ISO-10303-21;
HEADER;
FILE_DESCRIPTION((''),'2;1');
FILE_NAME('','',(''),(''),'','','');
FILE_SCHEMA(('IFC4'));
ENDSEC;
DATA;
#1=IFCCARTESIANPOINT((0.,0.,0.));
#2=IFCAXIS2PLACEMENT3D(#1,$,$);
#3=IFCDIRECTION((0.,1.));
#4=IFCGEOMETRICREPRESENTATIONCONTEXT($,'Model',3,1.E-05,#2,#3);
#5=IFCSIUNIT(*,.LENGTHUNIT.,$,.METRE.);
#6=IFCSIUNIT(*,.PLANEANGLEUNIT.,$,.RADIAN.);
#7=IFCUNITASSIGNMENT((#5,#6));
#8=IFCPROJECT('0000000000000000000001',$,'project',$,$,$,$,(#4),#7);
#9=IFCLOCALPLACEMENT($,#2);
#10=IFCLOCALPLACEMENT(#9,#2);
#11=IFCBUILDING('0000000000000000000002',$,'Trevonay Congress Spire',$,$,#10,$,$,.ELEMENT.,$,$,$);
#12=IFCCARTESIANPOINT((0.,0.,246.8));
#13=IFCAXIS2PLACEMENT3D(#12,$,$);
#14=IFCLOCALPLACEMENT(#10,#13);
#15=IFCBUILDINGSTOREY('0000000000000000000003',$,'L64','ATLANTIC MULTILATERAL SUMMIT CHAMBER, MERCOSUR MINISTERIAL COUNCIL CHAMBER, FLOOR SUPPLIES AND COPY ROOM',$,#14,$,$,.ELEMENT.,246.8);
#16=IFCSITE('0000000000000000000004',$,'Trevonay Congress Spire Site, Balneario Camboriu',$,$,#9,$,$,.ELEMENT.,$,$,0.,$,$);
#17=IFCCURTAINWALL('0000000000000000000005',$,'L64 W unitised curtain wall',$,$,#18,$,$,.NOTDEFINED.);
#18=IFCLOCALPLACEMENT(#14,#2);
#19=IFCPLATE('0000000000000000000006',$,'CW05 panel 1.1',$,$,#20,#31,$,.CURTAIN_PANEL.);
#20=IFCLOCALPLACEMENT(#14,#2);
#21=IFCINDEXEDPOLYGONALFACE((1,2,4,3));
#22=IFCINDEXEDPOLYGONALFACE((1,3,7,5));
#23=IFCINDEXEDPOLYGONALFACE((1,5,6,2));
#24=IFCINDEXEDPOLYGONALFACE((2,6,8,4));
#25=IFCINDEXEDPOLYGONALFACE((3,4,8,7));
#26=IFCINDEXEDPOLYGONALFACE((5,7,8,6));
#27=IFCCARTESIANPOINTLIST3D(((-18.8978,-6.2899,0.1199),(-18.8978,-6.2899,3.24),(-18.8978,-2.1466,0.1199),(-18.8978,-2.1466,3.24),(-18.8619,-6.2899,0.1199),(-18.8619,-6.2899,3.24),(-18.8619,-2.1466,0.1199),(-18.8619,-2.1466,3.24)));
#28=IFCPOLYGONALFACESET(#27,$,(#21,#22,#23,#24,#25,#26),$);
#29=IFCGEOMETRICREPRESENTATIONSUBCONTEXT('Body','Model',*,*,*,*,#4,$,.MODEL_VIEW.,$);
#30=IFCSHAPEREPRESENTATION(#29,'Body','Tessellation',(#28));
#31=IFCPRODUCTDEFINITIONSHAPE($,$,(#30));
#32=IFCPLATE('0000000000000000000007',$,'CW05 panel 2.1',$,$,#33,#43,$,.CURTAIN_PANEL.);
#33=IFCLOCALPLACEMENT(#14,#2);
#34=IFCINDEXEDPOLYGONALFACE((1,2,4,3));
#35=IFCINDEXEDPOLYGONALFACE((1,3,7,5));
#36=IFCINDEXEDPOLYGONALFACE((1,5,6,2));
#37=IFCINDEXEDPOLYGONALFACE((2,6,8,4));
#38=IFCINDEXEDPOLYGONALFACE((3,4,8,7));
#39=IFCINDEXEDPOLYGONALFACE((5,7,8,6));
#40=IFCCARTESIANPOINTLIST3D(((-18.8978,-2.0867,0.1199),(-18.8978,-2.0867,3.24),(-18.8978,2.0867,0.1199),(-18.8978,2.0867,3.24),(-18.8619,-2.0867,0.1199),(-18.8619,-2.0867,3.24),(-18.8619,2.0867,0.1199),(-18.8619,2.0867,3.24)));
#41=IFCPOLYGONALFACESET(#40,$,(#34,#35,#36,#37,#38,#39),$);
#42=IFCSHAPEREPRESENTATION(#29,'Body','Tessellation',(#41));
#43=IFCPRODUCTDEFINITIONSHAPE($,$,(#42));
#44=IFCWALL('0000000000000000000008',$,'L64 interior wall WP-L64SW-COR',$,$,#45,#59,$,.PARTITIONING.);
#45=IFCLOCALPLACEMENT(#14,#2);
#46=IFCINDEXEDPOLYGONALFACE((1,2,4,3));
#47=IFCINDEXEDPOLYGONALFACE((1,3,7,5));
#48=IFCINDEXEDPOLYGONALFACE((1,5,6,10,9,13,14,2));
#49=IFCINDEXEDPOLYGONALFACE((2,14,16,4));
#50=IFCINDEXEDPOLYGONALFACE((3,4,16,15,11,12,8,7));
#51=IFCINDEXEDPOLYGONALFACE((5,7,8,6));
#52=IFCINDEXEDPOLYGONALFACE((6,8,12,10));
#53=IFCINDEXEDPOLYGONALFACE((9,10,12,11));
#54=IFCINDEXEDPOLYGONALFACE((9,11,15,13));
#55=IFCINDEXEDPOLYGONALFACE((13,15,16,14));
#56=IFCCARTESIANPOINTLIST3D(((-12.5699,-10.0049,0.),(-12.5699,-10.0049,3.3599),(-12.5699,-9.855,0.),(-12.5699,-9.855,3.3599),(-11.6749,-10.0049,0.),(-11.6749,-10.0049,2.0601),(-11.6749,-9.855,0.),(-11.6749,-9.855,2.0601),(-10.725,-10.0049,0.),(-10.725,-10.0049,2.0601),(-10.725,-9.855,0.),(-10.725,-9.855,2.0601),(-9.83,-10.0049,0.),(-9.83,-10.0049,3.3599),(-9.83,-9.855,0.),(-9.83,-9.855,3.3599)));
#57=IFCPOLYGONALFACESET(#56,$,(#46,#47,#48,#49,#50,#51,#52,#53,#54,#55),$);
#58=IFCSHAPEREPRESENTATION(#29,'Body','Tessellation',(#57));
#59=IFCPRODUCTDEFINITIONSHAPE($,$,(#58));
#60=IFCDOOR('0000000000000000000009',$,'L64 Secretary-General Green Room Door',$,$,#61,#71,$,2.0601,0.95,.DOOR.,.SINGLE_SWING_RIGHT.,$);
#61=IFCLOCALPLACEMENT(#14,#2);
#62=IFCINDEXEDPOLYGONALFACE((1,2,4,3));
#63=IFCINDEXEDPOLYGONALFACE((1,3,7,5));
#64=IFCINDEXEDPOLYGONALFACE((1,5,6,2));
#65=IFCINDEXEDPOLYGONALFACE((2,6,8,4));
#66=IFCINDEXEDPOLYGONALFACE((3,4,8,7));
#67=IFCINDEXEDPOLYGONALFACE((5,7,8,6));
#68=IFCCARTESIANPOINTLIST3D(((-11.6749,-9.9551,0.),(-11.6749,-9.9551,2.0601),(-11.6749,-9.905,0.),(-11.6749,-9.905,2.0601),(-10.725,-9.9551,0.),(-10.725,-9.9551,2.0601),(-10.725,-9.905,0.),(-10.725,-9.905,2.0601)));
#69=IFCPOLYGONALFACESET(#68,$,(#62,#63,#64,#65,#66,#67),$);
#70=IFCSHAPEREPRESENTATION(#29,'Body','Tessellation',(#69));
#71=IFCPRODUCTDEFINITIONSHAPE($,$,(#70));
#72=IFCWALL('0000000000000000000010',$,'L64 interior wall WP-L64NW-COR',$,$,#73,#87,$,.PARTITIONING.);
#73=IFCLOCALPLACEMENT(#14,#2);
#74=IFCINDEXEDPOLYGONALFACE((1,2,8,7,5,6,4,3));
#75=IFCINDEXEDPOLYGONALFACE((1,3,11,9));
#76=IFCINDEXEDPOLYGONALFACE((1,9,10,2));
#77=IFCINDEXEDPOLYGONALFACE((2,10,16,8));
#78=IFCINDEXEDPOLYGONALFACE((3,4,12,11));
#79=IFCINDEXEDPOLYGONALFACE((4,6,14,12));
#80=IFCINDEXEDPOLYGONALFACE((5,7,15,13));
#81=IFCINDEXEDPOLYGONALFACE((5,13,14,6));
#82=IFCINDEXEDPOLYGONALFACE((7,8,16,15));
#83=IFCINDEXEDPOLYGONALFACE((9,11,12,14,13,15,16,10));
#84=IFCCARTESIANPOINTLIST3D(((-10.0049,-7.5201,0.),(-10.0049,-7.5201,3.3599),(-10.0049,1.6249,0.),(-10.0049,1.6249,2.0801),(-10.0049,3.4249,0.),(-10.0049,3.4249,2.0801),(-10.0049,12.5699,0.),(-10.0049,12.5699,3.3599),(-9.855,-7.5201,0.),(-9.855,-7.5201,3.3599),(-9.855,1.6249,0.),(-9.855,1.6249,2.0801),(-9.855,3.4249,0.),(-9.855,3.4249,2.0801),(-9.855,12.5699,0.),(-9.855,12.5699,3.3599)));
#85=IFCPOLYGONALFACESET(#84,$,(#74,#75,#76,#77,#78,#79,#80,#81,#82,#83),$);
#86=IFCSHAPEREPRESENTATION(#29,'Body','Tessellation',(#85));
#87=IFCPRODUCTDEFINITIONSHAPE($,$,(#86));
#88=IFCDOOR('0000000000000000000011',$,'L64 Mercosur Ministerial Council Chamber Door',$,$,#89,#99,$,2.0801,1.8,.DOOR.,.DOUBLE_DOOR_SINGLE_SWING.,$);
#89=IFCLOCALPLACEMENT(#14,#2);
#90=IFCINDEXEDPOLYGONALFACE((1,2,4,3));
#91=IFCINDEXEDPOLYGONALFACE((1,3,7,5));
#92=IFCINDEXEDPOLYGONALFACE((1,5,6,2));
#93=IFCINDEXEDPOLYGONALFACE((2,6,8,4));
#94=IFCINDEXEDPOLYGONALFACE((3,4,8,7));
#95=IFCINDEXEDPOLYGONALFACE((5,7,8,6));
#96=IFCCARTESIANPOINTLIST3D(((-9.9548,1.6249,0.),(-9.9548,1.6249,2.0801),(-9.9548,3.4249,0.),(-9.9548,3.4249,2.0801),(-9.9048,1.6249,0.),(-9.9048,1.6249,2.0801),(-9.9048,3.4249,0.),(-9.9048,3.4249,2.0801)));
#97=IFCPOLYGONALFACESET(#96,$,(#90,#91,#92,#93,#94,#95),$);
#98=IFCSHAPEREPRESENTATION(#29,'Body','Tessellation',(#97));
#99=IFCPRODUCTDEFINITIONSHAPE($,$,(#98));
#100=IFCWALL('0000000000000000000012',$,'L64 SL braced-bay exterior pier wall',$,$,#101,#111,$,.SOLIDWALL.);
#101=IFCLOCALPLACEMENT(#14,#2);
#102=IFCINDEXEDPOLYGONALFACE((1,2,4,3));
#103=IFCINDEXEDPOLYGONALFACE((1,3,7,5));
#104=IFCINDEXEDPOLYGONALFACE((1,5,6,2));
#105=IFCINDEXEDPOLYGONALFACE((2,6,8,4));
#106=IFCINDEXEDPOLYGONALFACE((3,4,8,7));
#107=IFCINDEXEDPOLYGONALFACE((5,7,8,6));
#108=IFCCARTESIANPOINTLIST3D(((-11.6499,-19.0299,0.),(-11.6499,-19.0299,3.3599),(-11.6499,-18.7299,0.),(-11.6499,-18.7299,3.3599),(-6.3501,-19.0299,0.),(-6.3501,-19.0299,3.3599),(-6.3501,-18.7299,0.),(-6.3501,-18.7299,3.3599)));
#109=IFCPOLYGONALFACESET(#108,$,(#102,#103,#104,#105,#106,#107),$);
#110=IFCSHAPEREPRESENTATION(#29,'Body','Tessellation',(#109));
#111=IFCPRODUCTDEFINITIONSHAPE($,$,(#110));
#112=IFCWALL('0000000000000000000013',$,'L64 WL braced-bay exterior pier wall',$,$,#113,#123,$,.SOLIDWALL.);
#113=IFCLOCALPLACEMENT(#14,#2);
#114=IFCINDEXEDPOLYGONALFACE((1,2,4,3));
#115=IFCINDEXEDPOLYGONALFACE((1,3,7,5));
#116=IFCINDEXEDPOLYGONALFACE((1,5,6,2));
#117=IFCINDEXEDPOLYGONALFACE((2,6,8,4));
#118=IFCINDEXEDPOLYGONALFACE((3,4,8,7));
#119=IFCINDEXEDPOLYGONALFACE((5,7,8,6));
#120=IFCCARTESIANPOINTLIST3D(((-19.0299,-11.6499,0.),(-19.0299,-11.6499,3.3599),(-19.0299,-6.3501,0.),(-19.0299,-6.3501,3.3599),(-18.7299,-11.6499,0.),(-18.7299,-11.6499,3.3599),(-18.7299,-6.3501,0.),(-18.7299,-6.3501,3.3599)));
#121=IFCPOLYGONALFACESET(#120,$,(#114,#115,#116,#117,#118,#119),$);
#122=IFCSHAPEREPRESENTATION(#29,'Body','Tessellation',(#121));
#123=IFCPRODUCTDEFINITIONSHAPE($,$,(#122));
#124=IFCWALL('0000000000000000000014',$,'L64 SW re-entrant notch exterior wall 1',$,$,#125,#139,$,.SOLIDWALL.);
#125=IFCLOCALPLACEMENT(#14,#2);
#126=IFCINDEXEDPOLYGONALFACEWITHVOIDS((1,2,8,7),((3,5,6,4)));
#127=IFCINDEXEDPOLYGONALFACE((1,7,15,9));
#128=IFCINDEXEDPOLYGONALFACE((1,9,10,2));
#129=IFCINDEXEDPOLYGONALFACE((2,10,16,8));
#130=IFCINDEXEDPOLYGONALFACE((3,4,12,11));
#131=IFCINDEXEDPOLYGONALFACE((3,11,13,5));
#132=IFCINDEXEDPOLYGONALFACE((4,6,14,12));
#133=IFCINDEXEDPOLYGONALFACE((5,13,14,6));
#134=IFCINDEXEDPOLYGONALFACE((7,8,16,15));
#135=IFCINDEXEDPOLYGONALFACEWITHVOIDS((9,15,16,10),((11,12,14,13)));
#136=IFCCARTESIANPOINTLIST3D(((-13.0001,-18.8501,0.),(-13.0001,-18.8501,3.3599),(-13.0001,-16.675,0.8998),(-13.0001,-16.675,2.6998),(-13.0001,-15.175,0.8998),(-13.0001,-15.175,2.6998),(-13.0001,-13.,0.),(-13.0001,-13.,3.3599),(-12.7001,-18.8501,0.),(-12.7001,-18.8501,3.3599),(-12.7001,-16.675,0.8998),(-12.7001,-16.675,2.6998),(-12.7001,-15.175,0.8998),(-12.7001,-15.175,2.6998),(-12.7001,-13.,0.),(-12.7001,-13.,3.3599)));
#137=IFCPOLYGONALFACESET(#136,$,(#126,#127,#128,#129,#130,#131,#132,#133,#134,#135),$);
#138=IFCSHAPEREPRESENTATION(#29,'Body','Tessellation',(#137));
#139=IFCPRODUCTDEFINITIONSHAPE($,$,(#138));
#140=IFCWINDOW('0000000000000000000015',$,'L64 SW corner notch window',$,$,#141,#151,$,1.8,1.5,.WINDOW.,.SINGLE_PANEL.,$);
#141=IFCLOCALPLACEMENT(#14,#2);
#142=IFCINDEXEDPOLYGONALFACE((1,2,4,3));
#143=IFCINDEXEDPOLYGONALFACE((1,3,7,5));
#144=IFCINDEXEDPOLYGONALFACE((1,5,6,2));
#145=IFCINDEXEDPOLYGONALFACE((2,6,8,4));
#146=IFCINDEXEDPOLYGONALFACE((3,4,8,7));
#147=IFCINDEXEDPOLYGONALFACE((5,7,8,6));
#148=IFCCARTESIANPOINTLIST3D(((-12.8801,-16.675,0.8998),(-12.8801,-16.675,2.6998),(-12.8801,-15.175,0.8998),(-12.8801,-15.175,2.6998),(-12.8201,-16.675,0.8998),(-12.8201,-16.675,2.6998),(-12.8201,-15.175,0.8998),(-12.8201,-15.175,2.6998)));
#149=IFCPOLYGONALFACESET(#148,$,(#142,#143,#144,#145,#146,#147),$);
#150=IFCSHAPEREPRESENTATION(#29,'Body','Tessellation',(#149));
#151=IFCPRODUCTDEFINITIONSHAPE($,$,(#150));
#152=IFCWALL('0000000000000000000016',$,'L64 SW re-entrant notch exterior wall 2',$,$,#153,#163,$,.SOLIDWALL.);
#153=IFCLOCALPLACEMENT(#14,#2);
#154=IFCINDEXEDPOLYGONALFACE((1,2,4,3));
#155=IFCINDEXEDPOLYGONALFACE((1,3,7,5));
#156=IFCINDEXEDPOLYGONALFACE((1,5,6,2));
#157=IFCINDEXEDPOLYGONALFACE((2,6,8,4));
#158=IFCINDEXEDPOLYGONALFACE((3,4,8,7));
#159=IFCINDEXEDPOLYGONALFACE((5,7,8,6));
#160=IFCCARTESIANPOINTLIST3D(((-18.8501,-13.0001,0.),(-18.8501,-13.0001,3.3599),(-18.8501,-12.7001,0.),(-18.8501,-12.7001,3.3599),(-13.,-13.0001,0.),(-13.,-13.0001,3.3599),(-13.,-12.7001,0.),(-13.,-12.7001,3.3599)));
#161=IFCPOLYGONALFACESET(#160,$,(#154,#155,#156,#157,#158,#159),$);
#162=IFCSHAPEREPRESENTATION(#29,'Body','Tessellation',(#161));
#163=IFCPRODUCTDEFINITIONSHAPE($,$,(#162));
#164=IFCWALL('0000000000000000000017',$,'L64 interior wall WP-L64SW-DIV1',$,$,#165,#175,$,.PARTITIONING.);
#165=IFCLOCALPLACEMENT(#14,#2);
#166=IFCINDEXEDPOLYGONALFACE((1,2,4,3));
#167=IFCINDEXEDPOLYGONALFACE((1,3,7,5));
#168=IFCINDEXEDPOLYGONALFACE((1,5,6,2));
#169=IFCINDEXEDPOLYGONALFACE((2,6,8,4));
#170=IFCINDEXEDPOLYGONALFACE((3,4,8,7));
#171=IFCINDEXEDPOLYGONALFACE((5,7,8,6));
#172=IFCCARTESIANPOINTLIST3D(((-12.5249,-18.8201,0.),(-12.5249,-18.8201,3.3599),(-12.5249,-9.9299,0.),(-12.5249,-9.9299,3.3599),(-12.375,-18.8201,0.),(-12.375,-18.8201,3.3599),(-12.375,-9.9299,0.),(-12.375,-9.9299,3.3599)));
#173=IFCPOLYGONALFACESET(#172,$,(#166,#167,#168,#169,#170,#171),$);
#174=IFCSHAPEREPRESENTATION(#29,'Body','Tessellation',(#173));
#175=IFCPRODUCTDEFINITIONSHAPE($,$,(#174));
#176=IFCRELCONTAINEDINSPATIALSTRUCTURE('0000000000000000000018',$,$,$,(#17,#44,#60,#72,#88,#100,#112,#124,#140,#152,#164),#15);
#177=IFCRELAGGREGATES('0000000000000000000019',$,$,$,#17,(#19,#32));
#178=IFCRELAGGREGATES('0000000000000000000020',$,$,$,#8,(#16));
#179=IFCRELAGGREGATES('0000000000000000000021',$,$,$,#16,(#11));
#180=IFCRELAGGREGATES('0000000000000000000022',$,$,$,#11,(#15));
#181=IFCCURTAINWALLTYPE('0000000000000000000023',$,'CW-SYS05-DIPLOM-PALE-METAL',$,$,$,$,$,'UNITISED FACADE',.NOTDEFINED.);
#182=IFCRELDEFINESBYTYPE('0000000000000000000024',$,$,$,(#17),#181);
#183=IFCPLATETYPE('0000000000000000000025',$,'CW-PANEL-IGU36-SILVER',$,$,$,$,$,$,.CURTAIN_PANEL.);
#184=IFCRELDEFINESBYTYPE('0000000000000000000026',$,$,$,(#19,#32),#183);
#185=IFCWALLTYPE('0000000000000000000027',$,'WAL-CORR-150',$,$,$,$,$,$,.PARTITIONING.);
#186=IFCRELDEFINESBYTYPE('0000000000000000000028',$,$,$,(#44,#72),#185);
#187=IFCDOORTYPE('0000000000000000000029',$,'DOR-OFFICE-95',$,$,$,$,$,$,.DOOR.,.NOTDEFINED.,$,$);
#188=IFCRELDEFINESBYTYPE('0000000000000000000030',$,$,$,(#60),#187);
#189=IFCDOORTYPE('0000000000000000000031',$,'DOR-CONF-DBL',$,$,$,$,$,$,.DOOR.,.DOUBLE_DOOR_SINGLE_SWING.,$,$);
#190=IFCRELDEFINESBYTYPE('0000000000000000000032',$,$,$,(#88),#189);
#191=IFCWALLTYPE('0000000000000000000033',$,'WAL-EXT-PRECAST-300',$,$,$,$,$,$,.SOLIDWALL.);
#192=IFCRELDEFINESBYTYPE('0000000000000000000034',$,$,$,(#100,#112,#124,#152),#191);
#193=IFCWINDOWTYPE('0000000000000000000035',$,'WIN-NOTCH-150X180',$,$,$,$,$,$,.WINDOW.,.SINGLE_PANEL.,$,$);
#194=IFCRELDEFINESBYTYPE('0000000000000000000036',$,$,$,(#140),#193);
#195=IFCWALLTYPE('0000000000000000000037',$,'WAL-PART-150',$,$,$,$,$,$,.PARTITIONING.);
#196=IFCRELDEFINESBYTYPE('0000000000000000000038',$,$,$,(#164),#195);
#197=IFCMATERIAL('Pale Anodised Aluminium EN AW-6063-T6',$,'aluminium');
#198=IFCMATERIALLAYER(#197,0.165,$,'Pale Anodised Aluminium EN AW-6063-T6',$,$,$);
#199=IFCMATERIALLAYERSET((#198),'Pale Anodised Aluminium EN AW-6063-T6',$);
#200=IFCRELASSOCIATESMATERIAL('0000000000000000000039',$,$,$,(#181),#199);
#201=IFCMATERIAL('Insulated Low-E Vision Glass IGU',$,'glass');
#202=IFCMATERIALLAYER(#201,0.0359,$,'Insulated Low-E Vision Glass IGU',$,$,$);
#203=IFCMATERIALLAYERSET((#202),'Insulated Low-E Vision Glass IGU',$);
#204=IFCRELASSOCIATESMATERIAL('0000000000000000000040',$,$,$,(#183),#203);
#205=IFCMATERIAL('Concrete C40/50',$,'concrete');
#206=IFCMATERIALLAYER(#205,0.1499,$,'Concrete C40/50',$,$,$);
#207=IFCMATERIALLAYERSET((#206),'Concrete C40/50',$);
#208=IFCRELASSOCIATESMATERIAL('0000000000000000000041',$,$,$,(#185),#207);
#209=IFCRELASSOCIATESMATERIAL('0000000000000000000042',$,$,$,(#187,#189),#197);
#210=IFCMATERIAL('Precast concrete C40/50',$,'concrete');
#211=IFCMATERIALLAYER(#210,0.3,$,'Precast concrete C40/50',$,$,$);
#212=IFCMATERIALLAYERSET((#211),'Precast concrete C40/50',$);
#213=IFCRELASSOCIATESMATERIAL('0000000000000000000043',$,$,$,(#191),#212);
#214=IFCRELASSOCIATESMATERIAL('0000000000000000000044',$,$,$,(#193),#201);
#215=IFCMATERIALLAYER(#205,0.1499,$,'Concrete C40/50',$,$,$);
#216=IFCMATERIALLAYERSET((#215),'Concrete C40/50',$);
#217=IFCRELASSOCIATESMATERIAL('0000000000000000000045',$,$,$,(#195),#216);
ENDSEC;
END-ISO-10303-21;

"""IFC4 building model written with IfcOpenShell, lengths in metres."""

from ifc_helpers import new_model, si_unit, direction, frame, frame_2d, origin, origin_2d, place, context, subcontext, project, spatial, rectangle, extrude, material, layer, layer_set, type_object, element, fill, aggregate, save


model = new_model("IFC4")

# Units and contexts
model_context = context("Model", 3, precision=1e-05, world=origin(), true_north=direction((0.0, 1.0)))
body_context = subcontext(model_context, "Body", "Model", "MODEL_VIEW")
ifc_project = project(units=[si_unit("LENGTHUNIT", "METRE"), si_unit("PLANEANGLEUNIT", "RADIAN")], contexts=[model_context])

# Site, building, storey
site_placement = place(None, origin())
site = spatial("IfcSite", under=ifc_project, at=site_placement, Name="Trevonay Congress Spire Site, Balneario Camboriu", CompositionType="ELEMENT", RefElevation=0.0)
building_placement = place(site_placement, origin())
building = spatial("IfcBuilding", under=site, at=building_placement, Name="Trevonay Congress Spire", CompositionType="ELEMENT")
storey_placement = place(building_placement, frame((0.0, 0.0, 246.8)))
storey = spatial("IfcBuildingStorey", under=building, at=storey_placement, Name="L64", Description="ATLANTIC MULTILATERAL SUMMIT CHAMBER, MERCOSUR MINISTERIAL COUNCIL CHAMBER, FLOOR SUPPLIES AND COPY ROOM", CompositionType="ELEMENT", Elevation=246.8)

# Curtain wall
ifc_material_1 = material(Name="Pale Anodised Aluminium EN AW-6063-T6", Category="aluminium")
ifc_layer_1 = layer(ifc_material_1, 0.165, Name="Pale Anodised Aluminium EN AW-6063-T6")
ifc_layer_set_1 = layer_set([ifc_layer_1], Name="Pale Anodised Aluminium EN AW-6063-T6")
curtain_wall_type = type_object("IfcCurtainWallType", Name="CW-SYS05-DIPLOM-PALE-METAL", ElementType="UNITISED FACADE", PredefinedType="NOTDEFINED", material=ifc_layer_set_1)
curtain_wall_placement = place(storey_placement, origin())
curtain_wall = element("IfcCurtainWall", 1, at=curtain_wall_placement, inside=storey, type_object=curtain_wall_type, Name="L64 W unitised curtain wall", PredefinedType="NOTDEFINED")

# Plates
ifc_material_2 = material(Name="Insulated Low-E Vision Glass IGU", Category="glass")
ifc_layer_2 = layer(ifc_material_2, 0.0359, Name="Insulated Low-E Vision Glass IGU")
ifc_layer_set_2 = layer_set([ifc_layer_2], Name="Insulated Low-E Vision Glass IGU")
plate_type = type_object("IfcPlateType", Name="CW-PANEL-IGU36-SILVER", PredefinedType="CURTAIN_PANEL", material=ifc_layer_set_2)
plate_1_placement = place(storey_placement, frame((-18.8799, -4.2183, 0.1199), z_axis=(0.0, 0.0, 1.0), x_axis=(0.0, 1.0, 0.0)))
plate_1 = element("IfcPlate", 2, at=plate_1_placement, type_object=plate_type, Name="CW05 panel 1.1", PredefinedType="CURTAIN_PANEL", context=body_context, shape_type="SweptSolid", body=[
    extrude(rectangle(XDim=4.1433, YDim=0.0359, at=origin_2d()), origin(), (0.0, 0.0, 1.0), 3.1201),
])
plate_2_placement = place(storey_placement, frame((-18.8799, 0.0, 0.1199), z_axis=(0.0, 0.0, 1.0), x_axis=(0.0, 1.0, 0.0)))
plate_2 = element("IfcPlate", 3, at=plate_2_placement, type_object=plate_type, Name="CW05 panel 2.1", PredefinedType="CURTAIN_PANEL", context=body_context, shape_type="SweptSolid", body=[
    extrude(rectangle(XDim=4.1733, YDim=0.0359, at=origin_2d()), origin(), (0.0, 0.0, 1.0), 3.1201),
])
aggregate(curtain_wall, [plate_1, plate_2])

# Walls, openings, doors
ifc_material_3 = material(Name="Concrete C40/50", Category="concrete")
ifc_layer_3 = layer(ifc_material_3, 0.1499, Name="Concrete C40/50")
ifc_layer_set_3 = layer_set([ifc_layer_3], Name="Concrete C40/50")
wall_type_1 = type_object("IfcWallType", Name="WAL-CORR-150", PredefinedType="PARTITIONING", material=ifc_layer_set_3)
wall_1_placement = place(storey_placement, frame((-12.5701, -9.9299, 0.0), z_axis=(0.0, 0.0, 1.0), x_axis=(1.0, 0.0, 0.0)))
wall_1 = element("IfcWall", 4, at=wall_1_placement, inside=storey, type_object=wall_type_1, Name="L64 interior wall WP-L64SW-COR", PredefinedType="PARTITIONING", context=body_context, shape_type="SweptSolid", body=[
    extrude(rectangle(XDim=2.74, YDim=0.1499, at=frame_2d((1.3701, 0.0))), origin(), (0.0, 0.0, 1.0), 3.3599),
])
opening_1_placement = place(wall_1_placement, frame((0.895, 0.0, 0.0)))
opening_1 = element("IfcOpeningElement", 5, at=opening_1_placement, cuts=wall_1, PredefinedType="OPENING", context=body_context, shape_type="SweptSolid", body=[
    extrude(rectangle(XDim=0.95, YDim=2.0601, at=frame_2d((0.4751, 1.03))), frame((0.0, 0.085, 0.0), z_axis=(0.0, -1.0, 0.0), x_axis=(1.0, 0.0, 0.0)), (0.0, 0.0, 1.0), 0.1699),
])
door_type_1 = type_object("IfcDoorType", Name="DOR-OFFICE-95", OperationType="NOTDEFINED", PredefinedType="DOOR", material=ifc_material_1)
door_1_placement = place(opening_1_placement, origin())
door_1 = element("IfcDoor", 6, at=door_1_placement, inside=storey, type_object=door_type_1, Name="L64 Secretary-General Green Room Door", OperationType="SINGLE_SWING_RIGHT", OverallHeight=2.0601, OverallWidth=0.95, PredefinedType="DOOR", context=body_context, shape_type="SweptSolid", body=[
    extrude(rectangle(XDim=0.95, YDim=2.0601, at=frame_2d((0.4751, 1.03))), frame((0.0, 0.0249, 0.0), z_axis=(0.0, -1.0, 0.0), x_axis=(1.0, 0.0, 0.0)), (0.0, 0.0, 1.0), 0.05),
])
fill(opening_1, door_1)
wall_2_placement = place(storey_placement, frame((-9.9299, -7.52, 0.0), z_axis=(0.0, 0.0, 1.0), x_axis=(0.0, 1.0, 0.0)))
wall_2 = element("IfcWall", 7, at=wall_2_placement, inside=storey, type_object=wall_type_1, Name="L64 interior wall WP-L64NW-COR", PredefinedType="PARTITIONING", context=body_context, shape_type="SweptSolid", body=[
    extrude(rectangle(XDim=20.0901, YDim=0.1499, at=frame_2d((10.0449, 0.0))), origin(), (0.0, 0.0, 1.0), 3.3599),
])
opening_2_placement = place(wall_2_placement, frame((9.145, 0.0, 0.0)))
opening_2 = element("IfcOpeningElement", 8, at=opening_2_placement, cuts=wall_2, PredefinedType="OPENING", context=body_context, shape_type="SweptSolid", body=[
    extrude(rectangle(XDim=1.8, YDim=2.0801, at=frame_2d((0.8999, 1.04))), frame((0.0, 0.085, 0.0), z_axis=(0.0, -1.0, 0.0), x_axis=(1.0, 0.0, 0.0)), (0.0, 0.0, 1.0), 0.1699),
])
door_type_2 = type_object("IfcDoorType", Name="DOR-CONF-DBL", OperationType="DOUBLE_DOOR_SINGLE_SWING", PredefinedType="DOOR", material=ifc_material_1)
door_2_placement = place(opening_2_placement, origin())
door_2 = element("IfcDoor", 9, at=door_2_placement, inside=storey, type_object=door_type_2, Name="L64 Mercosur Ministerial Council Chamber Door", OperationType="DOUBLE_DOOR_SINGLE_SWING", OverallHeight=2.0801, OverallWidth=1.8, PredefinedType="DOOR", context=body_context, shape_type="SweptSolid", body=[
    extrude(rectangle(XDim=1.8, YDim=2.0801, at=frame_2d((0.8999, 1.04))), frame((0.0, 0.0249, 0.0), z_axis=(0.0, -1.0, 0.0), x_axis=(1.0, 0.0, 0.0)), (0.0, 0.0, 1.0), 0.05),
])
fill(opening_2, door_2)

# Walls
ifc_material_4 = material(Name="Precast concrete C40/50", Category="concrete")
ifc_layer_4 = layer(ifc_material_4, 0.3, Name="Precast concrete C40/50")
ifc_layer_set_4 = layer_set([ifc_layer_4], Name="Precast concrete C40/50")
wall_type_2 = type_object("IfcWallType", Name="WAL-EXT-PRECAST-300", PredefinedType="SOLIDWALL", material=ifc_layer_set_4)
for number, where, z_axis, x_axis, name in (
    (10, (-11.6499, -18.8799, 0.0), (0.0, 0.0, 1.0), (1.0, 0.0, 0.0), "L64 SL braced-bay exterior pier wall"),
    (11, (-18.8799, -11.6499, 0.0), (0.0, 0.0, 1.0), (0.0, 1.0, 0.0), "L64 WL braced-bay exterior pier wall"),
):
    element("IfcWall", number, at=place(storey_placement, frame(where, z_axis=z_axis, x_axis=x_axis)), inside=storey, type_object=wall_type_2, Name=name, PredefinedType="SOLIDWALL", context=body_context, shape_type="SweptSolid", body=[
        extrude(rectangle(XDim=5.2998, YDim=0.3, at=frame_2d((2.6499, 0.0))), origin(), (0.0, 0.0, 1.0), 3.3599),
    ])

# Wall, opening, window
wall_3_placement = place(storey_placement, frame((-12.8501, -18.8501, 0.0), z_axis=(0.0, 0.0, 1.0), x_axis=(0.0, 1.0, 0.0)))
wall_3 = element("IfcWall", 12, at=wall_3_placement, inside=storey, type_object=wall_type_2, Name="L64 SW re-entrant notch exterior wall 1", PredefinedType="SOLIDWALL", context=body_context, shape_type="SweptSolid", body=[
    extrude(rectangle(XDim=5.8501, YDim=0.3, at=frame_2d((2.925, 0.0))), origin(), (0.0, 0.0, 1.0), 3.3599),
])
opening_3_placement = place(wall_3_placement, frame((2.175, 0.0, 0.8999)))
opening_3 = element("IfcOpeningElement", 13, at=opening_3_placement, cuts=wall_3, PredefinedType="OPENING", context=body_context, shape_type="SweptSolid", body=[
    extrude(rectangle(XDim=1.5, YDim=1.8, at=frame_2d((0.75, 0.8999))), frame((0.0, 0.1602, 0.0), z_axis=(0.0, -1.0, 0.0), x_axis=(1.0, 0.0, 0.0)), (0.0, 0.0, 1.0), 0.3201),
])
window_type = type_object("IfcWindowType", Name="WIN-NOTCH-150X180", PartitioningType="SINGLE_PANEL", PredefinedType="WINDOW", material=ifc_material_2)
window_placement = place(opening_3_placement, origin())
window = element("IfcWindow", 14, at=window_placement, inside=storey, type_object=window_type, Name="L64 SW corner notch window", OverallHeight=1.8, OverallWidth=1.5, PartitioningType="SINGLE_PANEL", PredefinedType="WINDOW", context=body_context, shape_type="SweptSolid", body=[
    extrude(rectangle(XDim=1.5, YDim=1.8, at=frame_2d((0.75, 0.8999))), frame((0.0, 0.03, 0.0), z_axis=(0.0, -1.0, 0.0), x_axis=(1.0, 0.0, 0.0)), (0.0, 0.0, 1.0), 0.0601),
])
fill(opening_3, window)

# Walls
wall_4_placement = place(storey_placement, frame((-18.8501, -12.8501, 0.0), z_axis=(0.0, 0.0, 1.0), x_axis=(1.0, 0.0, 0.0)))
element("IfcWall", 15, at=wall_4_placement, inside=storey, type_object=wall_type_2, Name="L64 SW re-entrant notch exterior wall 2", PredefinedType="SOLIDWALL", context=body_context, shape_type="SweptSolid", body=[
    extrude(rectangle(XDim=5.8501, YDim=0.3, at=frame_2d((2.925, 0.0))), origin(), (0.0, 0.0, 1.0), 3.3599),
])
ifc_layer_5 = layer(ifc_material_3, 0.1499, Name="Concrete C40/50")
ifc_layer_set_5 = layer_set([ifc_layer_5], Name="Concrete C40/50")
wall_type_3 = type_object("IfcWallType", Name="WAL-PART-150", PredefinedType="PARTITIONING", material=ifc_layer_set_5)
for number, where, z_axis, x_axis, name in (
    (16, (-12.45, -18.8201, 0.0), (0.0, 0.0, 1.0), (0.0, 1.0, 0.0), "L64 interior wall WP-L64SW-DIV1"),
):
    element("IfcWall", number, at=place(storey_placement, frame(where, z_axis=z_axis, x_axis=x_axis)), inside=storey, type_object=wall_type_3, Name=name, PredefinedType="PARTITIONING", context=body_context, shape_type="SweptSolid", body=[
        extrude(rectangle(XDim=8.8901, YDim=0.1499, at=frame_2d((4.4451, 0.0))), origin(), (0.0, 0.0, 1.0), 3.3599),
    ])

save(model, "model.ifc")
